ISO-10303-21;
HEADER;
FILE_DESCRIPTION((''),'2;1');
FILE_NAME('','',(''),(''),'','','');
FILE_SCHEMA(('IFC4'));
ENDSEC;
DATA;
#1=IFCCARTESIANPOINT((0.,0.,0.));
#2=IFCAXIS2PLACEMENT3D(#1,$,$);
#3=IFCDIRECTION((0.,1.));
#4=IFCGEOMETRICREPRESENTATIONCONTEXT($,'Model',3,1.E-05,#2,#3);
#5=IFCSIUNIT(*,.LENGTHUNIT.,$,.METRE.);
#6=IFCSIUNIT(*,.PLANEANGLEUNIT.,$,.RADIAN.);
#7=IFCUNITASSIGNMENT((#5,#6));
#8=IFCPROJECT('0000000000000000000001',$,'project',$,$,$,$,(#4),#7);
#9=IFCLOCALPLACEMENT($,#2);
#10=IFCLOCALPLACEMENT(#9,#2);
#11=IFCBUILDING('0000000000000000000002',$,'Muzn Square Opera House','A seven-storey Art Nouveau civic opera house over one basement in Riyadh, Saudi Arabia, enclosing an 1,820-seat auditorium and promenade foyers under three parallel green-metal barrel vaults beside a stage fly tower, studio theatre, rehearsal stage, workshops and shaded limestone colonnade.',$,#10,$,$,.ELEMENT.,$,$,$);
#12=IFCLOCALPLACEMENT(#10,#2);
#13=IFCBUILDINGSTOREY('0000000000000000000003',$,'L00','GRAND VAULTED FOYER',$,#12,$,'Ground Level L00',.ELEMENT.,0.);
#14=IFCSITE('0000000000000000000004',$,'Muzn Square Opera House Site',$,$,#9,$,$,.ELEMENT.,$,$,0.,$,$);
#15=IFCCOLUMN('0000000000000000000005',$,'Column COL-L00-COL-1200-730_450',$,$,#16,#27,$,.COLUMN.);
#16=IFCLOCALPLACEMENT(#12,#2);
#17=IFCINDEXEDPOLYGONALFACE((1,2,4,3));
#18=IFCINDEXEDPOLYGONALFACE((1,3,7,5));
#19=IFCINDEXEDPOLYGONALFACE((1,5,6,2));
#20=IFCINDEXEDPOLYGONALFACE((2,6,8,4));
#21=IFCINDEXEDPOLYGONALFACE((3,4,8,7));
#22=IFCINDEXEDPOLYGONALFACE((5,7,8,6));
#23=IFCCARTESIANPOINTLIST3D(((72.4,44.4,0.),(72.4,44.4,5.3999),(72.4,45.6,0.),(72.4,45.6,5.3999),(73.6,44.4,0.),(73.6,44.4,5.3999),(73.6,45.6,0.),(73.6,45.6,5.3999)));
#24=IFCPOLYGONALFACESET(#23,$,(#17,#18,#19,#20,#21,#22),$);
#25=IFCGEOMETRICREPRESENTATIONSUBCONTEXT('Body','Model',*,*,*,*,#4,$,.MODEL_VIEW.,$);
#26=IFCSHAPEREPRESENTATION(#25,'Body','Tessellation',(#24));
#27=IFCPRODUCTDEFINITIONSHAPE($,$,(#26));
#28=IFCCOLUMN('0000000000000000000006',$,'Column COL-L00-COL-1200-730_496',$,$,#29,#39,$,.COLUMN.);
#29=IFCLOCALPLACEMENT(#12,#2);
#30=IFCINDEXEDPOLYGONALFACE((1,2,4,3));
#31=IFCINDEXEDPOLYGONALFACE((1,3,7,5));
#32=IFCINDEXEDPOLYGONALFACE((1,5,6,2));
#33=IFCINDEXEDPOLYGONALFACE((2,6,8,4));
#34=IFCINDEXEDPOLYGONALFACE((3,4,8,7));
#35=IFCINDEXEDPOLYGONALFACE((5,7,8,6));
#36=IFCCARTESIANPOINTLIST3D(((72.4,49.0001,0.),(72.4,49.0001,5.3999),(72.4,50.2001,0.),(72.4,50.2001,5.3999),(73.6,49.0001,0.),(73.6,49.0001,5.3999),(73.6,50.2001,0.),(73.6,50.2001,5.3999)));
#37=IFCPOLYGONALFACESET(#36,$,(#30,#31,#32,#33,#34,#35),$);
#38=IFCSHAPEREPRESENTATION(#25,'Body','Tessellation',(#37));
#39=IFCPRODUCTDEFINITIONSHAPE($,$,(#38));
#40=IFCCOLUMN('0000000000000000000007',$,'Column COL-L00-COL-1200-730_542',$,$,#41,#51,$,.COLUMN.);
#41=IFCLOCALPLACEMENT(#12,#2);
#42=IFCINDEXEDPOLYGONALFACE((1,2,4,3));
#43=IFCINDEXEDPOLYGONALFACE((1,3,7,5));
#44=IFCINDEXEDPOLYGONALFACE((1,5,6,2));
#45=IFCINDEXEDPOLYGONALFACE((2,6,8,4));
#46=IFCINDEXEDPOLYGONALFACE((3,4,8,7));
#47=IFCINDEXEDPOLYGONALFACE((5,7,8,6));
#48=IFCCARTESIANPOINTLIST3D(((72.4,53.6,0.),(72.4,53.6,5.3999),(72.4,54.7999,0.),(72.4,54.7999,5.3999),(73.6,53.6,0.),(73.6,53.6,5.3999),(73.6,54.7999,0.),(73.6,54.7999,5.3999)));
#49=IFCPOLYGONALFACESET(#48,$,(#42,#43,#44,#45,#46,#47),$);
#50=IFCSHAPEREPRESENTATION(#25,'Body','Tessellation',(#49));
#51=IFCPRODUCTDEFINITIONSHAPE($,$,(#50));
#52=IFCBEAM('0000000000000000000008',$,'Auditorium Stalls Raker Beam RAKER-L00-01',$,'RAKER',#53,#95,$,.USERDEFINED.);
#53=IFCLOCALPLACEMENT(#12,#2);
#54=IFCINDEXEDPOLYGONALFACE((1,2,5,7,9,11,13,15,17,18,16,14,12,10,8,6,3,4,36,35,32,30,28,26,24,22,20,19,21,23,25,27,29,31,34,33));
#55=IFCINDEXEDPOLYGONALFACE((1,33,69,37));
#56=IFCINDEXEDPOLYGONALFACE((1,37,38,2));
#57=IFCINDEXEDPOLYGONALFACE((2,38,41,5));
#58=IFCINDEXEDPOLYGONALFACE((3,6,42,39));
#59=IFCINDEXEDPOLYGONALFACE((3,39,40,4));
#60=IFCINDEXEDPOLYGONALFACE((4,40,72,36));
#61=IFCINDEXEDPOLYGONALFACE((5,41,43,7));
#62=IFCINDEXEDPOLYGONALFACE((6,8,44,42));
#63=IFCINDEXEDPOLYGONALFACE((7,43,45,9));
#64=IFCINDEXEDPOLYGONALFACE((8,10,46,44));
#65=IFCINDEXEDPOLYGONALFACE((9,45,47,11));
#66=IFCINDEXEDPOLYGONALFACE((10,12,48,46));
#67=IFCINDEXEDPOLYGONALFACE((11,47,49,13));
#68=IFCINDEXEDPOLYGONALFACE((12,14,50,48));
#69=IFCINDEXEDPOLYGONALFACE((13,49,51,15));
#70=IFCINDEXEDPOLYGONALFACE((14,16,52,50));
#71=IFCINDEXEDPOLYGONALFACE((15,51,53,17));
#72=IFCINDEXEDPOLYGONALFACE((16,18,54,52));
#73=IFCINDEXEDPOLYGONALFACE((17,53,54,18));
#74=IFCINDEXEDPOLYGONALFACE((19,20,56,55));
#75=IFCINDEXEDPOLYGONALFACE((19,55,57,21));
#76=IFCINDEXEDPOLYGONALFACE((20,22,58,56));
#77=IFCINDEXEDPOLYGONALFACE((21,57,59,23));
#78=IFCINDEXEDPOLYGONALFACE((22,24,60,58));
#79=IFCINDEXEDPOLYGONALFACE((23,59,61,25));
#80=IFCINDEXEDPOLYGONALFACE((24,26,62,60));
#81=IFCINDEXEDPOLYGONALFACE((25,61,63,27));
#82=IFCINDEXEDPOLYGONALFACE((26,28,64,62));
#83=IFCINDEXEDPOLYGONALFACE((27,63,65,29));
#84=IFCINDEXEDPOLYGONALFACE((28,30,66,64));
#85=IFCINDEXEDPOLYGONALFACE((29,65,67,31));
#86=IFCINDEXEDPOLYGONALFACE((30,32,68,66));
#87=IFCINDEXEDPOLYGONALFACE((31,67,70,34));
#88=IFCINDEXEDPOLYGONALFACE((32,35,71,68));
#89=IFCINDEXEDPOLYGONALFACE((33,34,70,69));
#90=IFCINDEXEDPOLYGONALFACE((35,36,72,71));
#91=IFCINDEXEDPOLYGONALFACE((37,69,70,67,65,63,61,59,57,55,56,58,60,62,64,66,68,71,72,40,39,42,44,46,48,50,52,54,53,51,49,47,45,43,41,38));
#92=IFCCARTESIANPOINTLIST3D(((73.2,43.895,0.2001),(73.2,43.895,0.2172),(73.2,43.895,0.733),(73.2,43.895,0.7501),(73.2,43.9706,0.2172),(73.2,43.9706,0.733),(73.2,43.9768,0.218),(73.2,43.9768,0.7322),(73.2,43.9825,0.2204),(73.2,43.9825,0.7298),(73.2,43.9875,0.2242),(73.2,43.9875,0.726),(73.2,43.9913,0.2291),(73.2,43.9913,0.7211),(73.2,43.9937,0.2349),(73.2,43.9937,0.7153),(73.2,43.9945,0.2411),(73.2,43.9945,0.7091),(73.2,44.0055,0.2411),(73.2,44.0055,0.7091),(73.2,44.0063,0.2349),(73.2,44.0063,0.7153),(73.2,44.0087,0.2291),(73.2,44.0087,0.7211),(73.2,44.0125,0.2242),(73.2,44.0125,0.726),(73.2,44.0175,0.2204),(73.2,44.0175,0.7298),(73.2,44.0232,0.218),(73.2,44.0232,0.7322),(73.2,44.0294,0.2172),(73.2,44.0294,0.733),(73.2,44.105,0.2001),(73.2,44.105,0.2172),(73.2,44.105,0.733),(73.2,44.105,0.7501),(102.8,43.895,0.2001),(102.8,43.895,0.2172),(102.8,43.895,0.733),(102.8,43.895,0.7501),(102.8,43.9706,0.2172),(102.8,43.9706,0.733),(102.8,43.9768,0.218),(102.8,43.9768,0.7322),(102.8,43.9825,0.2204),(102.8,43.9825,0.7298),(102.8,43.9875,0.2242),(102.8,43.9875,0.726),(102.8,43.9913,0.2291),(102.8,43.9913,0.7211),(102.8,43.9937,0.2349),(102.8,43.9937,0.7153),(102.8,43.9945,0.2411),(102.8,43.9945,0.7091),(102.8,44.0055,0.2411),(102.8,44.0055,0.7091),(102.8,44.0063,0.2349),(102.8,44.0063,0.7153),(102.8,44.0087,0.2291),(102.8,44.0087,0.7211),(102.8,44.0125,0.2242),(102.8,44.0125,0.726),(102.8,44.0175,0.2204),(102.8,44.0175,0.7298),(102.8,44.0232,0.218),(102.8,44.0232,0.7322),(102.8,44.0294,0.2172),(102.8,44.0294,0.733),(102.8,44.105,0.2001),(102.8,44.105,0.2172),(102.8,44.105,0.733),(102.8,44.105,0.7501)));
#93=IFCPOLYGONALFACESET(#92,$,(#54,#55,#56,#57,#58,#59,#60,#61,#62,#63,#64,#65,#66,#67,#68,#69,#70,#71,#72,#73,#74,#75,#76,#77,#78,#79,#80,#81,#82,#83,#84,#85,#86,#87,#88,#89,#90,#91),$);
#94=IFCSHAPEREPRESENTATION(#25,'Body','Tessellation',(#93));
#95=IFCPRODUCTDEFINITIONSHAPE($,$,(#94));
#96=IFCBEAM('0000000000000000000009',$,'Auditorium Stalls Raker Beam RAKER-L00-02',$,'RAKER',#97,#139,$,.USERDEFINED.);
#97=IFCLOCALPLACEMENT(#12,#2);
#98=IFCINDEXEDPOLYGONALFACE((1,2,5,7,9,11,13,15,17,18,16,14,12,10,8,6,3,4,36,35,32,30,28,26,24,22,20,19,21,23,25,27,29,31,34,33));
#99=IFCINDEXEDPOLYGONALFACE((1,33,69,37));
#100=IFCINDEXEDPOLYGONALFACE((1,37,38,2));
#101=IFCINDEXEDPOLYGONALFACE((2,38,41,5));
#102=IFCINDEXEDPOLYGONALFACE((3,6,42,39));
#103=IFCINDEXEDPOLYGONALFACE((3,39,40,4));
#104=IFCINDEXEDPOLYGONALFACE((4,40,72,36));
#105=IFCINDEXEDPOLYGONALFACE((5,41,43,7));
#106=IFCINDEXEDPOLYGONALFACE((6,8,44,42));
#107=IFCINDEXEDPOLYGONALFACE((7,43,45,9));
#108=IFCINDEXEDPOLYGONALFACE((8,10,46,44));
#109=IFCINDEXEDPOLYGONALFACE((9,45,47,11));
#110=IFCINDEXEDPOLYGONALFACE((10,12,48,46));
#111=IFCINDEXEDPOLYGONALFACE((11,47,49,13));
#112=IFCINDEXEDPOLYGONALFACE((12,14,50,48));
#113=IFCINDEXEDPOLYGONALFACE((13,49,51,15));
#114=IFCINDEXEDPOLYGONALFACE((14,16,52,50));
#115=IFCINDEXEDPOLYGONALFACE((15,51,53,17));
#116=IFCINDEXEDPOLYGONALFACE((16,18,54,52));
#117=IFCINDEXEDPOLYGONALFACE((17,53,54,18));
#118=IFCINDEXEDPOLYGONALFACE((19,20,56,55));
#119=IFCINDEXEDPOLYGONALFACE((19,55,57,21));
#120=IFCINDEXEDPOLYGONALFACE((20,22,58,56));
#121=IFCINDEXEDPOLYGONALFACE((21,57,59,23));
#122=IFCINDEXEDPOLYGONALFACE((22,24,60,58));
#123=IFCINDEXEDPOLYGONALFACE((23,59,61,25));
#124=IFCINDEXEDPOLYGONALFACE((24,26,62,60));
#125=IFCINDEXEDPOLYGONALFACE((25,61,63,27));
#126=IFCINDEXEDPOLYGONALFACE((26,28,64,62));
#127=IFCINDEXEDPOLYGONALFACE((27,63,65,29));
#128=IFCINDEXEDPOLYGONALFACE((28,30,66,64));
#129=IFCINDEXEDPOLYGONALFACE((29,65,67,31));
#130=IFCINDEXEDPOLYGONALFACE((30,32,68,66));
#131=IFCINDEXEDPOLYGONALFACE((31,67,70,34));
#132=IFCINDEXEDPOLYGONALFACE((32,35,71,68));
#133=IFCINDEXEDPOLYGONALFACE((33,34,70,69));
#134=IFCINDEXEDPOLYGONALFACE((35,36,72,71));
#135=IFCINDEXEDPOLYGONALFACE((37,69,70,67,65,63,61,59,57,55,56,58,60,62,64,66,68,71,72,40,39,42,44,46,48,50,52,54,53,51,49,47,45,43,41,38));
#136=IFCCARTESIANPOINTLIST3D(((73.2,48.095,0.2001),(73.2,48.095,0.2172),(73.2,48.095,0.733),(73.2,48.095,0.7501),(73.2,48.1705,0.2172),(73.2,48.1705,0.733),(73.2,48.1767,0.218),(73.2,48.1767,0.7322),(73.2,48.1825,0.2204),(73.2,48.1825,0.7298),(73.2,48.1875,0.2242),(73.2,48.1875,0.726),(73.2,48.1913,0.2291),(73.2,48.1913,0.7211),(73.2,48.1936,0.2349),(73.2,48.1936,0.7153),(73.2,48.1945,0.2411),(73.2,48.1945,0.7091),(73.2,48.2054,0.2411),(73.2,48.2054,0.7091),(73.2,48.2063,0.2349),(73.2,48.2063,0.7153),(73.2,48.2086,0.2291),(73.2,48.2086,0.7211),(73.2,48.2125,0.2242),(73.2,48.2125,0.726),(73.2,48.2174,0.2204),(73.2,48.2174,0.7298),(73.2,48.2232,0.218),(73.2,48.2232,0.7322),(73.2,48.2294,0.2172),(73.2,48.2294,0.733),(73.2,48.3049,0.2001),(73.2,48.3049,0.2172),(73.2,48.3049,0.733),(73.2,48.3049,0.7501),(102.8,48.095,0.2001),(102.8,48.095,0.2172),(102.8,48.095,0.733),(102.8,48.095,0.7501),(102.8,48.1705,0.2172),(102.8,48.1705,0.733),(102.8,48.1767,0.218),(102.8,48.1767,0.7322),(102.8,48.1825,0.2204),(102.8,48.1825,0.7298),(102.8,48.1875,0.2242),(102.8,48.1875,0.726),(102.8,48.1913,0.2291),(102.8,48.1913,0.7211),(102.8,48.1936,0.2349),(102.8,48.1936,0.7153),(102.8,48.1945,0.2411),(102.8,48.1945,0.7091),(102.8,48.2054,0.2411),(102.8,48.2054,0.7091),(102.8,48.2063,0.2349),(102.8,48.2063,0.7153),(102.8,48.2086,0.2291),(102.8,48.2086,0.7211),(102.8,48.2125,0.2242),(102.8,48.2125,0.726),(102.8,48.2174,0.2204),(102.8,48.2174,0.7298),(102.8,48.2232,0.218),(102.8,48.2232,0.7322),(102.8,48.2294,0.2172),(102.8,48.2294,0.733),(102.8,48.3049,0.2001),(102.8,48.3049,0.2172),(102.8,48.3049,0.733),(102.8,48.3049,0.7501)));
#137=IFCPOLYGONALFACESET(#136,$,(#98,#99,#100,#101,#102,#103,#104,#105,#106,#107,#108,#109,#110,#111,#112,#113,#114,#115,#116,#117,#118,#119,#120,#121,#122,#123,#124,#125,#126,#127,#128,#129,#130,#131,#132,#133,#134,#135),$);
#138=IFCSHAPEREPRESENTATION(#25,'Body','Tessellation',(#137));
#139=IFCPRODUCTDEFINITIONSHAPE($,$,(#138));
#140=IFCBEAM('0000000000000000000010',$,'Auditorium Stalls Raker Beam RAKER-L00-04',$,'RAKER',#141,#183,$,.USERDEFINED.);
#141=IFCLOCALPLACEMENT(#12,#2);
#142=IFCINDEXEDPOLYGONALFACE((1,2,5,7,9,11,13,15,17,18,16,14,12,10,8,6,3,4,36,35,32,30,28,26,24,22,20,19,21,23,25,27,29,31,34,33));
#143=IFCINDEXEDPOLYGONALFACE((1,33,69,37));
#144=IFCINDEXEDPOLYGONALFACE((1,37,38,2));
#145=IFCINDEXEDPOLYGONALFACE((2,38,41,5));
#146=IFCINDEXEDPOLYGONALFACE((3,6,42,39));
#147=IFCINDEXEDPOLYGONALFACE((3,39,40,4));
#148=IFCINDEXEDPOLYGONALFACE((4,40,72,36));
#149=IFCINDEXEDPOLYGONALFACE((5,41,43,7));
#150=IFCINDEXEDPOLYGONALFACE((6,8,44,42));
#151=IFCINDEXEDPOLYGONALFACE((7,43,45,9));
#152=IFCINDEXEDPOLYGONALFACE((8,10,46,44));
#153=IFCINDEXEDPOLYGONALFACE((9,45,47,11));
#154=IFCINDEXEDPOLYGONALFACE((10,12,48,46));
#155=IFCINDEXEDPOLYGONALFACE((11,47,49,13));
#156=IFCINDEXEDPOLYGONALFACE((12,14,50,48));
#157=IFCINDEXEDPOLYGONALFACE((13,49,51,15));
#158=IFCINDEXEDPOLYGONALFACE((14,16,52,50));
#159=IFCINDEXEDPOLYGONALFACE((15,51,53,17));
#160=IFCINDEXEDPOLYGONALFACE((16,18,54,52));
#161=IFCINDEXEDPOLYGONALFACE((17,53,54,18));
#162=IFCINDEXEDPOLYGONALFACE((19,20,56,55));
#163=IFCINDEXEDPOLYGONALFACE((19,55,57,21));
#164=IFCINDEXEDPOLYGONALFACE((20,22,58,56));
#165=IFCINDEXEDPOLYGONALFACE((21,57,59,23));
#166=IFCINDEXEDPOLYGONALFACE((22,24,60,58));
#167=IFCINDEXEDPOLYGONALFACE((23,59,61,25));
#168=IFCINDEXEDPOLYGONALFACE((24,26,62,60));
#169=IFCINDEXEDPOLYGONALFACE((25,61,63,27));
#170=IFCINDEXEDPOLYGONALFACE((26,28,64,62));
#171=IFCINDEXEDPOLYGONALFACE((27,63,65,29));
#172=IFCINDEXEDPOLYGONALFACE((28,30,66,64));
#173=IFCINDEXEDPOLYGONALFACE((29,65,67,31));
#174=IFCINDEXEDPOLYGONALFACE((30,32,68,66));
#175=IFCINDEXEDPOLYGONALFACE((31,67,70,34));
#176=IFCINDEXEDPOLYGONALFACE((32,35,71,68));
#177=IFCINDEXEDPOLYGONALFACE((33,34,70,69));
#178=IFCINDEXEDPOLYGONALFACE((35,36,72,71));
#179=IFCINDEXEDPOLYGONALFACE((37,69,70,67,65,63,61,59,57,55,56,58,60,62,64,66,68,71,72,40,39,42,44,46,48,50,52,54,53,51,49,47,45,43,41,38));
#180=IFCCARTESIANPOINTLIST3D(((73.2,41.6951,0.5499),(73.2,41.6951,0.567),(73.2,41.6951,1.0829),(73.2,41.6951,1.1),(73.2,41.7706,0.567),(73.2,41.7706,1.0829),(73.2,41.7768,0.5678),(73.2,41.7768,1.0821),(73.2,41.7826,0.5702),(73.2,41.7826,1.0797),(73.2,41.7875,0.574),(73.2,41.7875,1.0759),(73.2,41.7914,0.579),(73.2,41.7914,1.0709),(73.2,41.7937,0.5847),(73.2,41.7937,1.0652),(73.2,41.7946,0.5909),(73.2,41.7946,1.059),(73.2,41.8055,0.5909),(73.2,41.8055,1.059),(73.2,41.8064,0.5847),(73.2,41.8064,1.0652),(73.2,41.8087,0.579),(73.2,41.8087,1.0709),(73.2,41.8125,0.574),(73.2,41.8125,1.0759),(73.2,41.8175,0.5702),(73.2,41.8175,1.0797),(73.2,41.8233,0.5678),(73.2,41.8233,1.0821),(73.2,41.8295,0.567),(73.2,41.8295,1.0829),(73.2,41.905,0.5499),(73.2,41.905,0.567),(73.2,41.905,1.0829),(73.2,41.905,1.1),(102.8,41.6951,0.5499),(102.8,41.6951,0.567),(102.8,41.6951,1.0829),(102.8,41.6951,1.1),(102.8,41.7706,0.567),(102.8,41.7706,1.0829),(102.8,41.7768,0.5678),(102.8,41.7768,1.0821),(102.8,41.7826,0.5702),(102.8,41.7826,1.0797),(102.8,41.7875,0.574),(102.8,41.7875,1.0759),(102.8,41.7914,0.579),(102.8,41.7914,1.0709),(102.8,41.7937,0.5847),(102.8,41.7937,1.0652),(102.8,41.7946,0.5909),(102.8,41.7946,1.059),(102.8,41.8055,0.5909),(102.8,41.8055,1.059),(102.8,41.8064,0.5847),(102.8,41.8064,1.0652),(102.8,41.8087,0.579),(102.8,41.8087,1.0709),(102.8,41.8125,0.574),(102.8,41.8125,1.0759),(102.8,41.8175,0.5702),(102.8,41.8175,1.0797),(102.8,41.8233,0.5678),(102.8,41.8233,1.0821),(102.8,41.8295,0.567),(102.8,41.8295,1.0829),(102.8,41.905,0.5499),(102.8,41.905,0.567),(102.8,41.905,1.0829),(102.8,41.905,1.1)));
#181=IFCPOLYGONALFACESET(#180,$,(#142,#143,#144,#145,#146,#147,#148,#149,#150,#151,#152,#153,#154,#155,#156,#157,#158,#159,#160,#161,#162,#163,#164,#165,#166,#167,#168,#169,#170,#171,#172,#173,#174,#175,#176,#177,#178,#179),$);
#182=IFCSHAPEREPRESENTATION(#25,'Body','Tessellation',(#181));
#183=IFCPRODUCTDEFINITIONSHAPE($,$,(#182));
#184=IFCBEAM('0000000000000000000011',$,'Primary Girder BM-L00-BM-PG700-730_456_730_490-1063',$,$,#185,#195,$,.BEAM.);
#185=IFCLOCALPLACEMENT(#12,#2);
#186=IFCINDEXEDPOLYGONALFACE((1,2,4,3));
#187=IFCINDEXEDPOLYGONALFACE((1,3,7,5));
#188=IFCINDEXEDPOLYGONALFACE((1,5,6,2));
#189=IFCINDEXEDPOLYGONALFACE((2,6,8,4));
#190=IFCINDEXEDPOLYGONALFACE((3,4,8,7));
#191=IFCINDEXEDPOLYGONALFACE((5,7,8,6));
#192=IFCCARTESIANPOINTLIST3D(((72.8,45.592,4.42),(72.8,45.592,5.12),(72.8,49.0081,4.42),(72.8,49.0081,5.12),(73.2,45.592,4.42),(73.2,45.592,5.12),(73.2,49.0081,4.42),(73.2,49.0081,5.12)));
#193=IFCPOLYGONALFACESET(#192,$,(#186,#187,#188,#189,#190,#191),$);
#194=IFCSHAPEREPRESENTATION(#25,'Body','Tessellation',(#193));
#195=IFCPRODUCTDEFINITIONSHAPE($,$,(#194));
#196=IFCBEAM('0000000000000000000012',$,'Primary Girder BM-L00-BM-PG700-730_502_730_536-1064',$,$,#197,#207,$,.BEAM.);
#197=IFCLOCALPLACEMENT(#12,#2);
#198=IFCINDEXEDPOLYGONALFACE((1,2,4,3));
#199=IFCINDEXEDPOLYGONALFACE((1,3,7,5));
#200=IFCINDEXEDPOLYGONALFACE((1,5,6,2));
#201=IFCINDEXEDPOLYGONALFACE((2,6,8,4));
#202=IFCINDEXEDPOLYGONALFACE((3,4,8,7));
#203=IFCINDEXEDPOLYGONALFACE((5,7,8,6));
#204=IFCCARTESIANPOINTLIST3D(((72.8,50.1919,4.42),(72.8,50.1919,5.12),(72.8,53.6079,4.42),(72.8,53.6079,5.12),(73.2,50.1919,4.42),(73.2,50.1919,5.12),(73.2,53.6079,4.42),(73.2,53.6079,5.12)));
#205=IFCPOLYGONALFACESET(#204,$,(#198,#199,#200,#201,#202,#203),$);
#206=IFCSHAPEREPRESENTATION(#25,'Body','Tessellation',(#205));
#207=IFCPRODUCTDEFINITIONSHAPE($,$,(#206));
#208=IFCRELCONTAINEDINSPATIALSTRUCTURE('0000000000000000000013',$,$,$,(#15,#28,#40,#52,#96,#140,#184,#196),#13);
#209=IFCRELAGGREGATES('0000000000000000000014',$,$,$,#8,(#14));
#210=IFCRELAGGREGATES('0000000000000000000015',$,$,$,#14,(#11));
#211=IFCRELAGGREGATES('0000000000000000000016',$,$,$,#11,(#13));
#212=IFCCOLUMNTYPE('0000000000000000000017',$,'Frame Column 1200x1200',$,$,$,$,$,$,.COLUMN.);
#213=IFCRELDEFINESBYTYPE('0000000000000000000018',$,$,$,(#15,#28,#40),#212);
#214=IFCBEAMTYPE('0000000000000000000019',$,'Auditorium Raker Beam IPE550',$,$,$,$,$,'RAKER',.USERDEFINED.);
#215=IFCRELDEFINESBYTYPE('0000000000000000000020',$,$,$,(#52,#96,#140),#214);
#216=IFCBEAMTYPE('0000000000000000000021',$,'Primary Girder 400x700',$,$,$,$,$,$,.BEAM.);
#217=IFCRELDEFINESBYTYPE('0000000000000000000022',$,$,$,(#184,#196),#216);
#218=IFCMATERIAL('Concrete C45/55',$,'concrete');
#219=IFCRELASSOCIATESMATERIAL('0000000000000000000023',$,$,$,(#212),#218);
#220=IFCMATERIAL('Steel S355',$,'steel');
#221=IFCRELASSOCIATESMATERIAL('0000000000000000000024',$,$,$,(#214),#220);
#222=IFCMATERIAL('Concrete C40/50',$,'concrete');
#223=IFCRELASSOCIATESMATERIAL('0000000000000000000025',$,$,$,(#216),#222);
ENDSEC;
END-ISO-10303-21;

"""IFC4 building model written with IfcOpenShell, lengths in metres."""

from ifc_helpers import new_model, si_unit, direction, frame, origin, origin_2d, place, context, subcontext, project, spatial, rectangle, i_section, extrude, material, material_profile, profile_set, type_object, element, save


model = new_model("IFC4")

# Units and contexts
model_context = context("Model", 3, precision=1e-05, world=origin(), true_north=direction((0.0, 1.0)))
body_context = subcontext(model_context, "Body", "Model", "MODEL_VIEW")
ifc_project = project(units=[si_unit("LENGTHUNIT", "METRE"), si_unit("PLANEANGLEUNIT", "RADIAN")], contexts=[model_context])

# Site, building, storey
site_placement = place(None, origin())
site = spatial("IfcSite", under=ifc_project, at=site_placement, Name="Muzn Square Opera House Site", CompositionType="ELEMENT", RefElevation=0.0)
building_placement = place(site_placement, origin())
building = spatial("IfcBuilding", under=site, at=building_placement, Name="Muzn Square Opera House", Description="A seven-storey Art Nouveau civic opera house over one basement in Riyadh, Saudi Arabia, enclosing an 1,820-seat auditorium and promenade foyers under three parallel green-metal barrel vaults beside a stage fly tower, studio theatre, rehearsal stage, workshops and shaded limestone colonnade.", CompositionType="ELEMENT")
storey_placement = place(building_placement, origin())
storey = spatial("IfcBuildingStorey", under=building, at=storey_placement, Name="L00", Description="GRAND VAULTED FOYER", LongName="Ground Level L00", CompositionType="ELEMENT", Elevation=0.0)

# Columns
ifc_material_1 = material(Name="Concrete C45/55", Category="concrete")
ifc_material_profile_1 = material_profile(ifc_material_1, rectangle(XDim=1.2, YDim=1.2, at=origin_2d()), Name="RC 1200x1200", Category="concrete")
ifc_profile_set_1 = profile_set([ifc_material_profile_1], Name="Concrete C45/55")
column_type = type_object("IfcColumnType", Name="Frame Column 1200x1200", PredefinedType="COLUMN", material=ifc_profile_set_1)
for number, where, z_axis, x_axis, name in (
    (1, (73.0, 45.0, 0.0), (0.0, 0.0, 1.0), (1.0, 0.0, 0.0), "Column COL-L00-COL-1200-730_450"),
    (2, (73.0, 49.6001, 0.0), (0.0, 0.0, 1.0), (1.0, 0.0, 0.0), "Column COL-L00-COL-1200-730_496"),
    (3, (73.0, 54.2, 0.0), (0.0, 0.0, 1.0), (1.0, 0.0, 0.0), "Column COL-L00-COL-1200-730_542"),
):
    element("IfcColumn", number, at=place(storey_placement, frame(where, z_axis=z_axis, x_axis=x_axis)), inside=storey, type_object=column_type, Name=name, PredefinedType="COLUMN", context=body_context, shape_type="SweptSolid", body=[
        extrude(rectangle(XDim=1.2, YDim=1.2, at=origin_2d()), origin(), (0.0, 0.0, 1.0), 5.3999),
    ])

# Beams
ifc_material_2 = material(Name="Steel S355", Category="steel")
ifc_material_profile_2 = material_profile(ifc_material_2, i_section(OverallWidth=0.21, OverallDepth=0.55, WebThickness=0.011, FlangeThickness=0.0171, FilletRadius=0.0239, at=origin_2d()), Name="IPE 550", Category="steel")
ifc_profile_set_2 = profile_set([ifc_material_profile_2], Name="Steel S355")
beam_type_1 = type_object("IfcBeamType", Name="Auditorium Raker Beam IPE550", ElementType="RAKER", PredefinedType="USERDEFINED", material=ifc_profile_set_2)
for number, where, z_axis, x_axis, name in (
    (4, (73.2, 44.0, 0.4751), (1.0, 0.0, 0.0), (0.0, 1.0, 0.0), "Auditorium Stalls Raker Beam RAKER-L00-01"),
    (5, (73.2, 48.2, 0.4751), (1.0, 0.0, 0.0), (0.0, 1.0, 0.0), "Auditorium Stalls Raker Beam RAKER-L00-02"),
    (6, (73.2, 41.8, 0.825), (1.0, 0.0, 0.0), (0.0, 1.0, 0.0), "Auditorium Stalls Raker Beam RAKER-L00-04"),
):
    element("IfcBeam", number, at=place(storey_placement, frame(where, z_axis=z_axis, x_axis=x_axis)), inside=storey, type_object=beam_type_1, Name=name, ObjectType="RAKER", PredefinedType="USERDEFINED", context=body_context, shape_type="SweptSolid", body=[
        extrude(i_section(OverallWidth=0.21, OverallDepth=0.55, WebThickness=0.011, FlangeThickness=0.0171, FilletRadius=0.0239, at=origin_2d()), origin(), (0.0, 0.0, 1.0), 29.6001),
    ])
ifc_material_3 = material(Name="Concrete C40/50", Category="concrete")
ifc_material_profile_3 = material_profile(ifc_material_3, rectangle(XDim=0.3999, YDim=0.7, at=origin_2d()), Name="RCB 400x700", Category="concrete")
ifc_profile_set_3 = profile_set([ifc_material_profile_3], Name="Concrete C40/50")
beam_type_2 = type_object("IfcBeamType", Name="Primary Girder 400x700", PredefinedType="BEAM", material=ifc_profile_set_3)
for number, where, z_axis, x_axis, name in (
    (7, (73.0, 45.592, 4.77), (0.0, 1.0, 0.0), (-1.0, 0.0, 0.0), "Primary Girder BM-L00-BM-PG700-730_456_730_490-1063"),
    (8, (73.0, 50.1919, 4.77), (0.0, 1.0, 0.0), (-1.0, 0.0, 0.0), "Primary Girder BM-L00-BM-PG700-730_502_730_536-1064"),
):
    element("IfcBeam", number, at=place(storey_placement, frame(where, z_axis=z_axis, x_axis=x_axis)), inside=storey, type_object=beam_type_2, Name=name, PredefinedType="BEAM", context=body_context, shape_type="SweptSolid", body=[
        extrude(rectangle(XDim=0.3999, YDim=0.7, at=origin_2d()), origin(), (0.0, 0.0, 1.0), 3.416),
    ])

save(model, "model.ifc")
